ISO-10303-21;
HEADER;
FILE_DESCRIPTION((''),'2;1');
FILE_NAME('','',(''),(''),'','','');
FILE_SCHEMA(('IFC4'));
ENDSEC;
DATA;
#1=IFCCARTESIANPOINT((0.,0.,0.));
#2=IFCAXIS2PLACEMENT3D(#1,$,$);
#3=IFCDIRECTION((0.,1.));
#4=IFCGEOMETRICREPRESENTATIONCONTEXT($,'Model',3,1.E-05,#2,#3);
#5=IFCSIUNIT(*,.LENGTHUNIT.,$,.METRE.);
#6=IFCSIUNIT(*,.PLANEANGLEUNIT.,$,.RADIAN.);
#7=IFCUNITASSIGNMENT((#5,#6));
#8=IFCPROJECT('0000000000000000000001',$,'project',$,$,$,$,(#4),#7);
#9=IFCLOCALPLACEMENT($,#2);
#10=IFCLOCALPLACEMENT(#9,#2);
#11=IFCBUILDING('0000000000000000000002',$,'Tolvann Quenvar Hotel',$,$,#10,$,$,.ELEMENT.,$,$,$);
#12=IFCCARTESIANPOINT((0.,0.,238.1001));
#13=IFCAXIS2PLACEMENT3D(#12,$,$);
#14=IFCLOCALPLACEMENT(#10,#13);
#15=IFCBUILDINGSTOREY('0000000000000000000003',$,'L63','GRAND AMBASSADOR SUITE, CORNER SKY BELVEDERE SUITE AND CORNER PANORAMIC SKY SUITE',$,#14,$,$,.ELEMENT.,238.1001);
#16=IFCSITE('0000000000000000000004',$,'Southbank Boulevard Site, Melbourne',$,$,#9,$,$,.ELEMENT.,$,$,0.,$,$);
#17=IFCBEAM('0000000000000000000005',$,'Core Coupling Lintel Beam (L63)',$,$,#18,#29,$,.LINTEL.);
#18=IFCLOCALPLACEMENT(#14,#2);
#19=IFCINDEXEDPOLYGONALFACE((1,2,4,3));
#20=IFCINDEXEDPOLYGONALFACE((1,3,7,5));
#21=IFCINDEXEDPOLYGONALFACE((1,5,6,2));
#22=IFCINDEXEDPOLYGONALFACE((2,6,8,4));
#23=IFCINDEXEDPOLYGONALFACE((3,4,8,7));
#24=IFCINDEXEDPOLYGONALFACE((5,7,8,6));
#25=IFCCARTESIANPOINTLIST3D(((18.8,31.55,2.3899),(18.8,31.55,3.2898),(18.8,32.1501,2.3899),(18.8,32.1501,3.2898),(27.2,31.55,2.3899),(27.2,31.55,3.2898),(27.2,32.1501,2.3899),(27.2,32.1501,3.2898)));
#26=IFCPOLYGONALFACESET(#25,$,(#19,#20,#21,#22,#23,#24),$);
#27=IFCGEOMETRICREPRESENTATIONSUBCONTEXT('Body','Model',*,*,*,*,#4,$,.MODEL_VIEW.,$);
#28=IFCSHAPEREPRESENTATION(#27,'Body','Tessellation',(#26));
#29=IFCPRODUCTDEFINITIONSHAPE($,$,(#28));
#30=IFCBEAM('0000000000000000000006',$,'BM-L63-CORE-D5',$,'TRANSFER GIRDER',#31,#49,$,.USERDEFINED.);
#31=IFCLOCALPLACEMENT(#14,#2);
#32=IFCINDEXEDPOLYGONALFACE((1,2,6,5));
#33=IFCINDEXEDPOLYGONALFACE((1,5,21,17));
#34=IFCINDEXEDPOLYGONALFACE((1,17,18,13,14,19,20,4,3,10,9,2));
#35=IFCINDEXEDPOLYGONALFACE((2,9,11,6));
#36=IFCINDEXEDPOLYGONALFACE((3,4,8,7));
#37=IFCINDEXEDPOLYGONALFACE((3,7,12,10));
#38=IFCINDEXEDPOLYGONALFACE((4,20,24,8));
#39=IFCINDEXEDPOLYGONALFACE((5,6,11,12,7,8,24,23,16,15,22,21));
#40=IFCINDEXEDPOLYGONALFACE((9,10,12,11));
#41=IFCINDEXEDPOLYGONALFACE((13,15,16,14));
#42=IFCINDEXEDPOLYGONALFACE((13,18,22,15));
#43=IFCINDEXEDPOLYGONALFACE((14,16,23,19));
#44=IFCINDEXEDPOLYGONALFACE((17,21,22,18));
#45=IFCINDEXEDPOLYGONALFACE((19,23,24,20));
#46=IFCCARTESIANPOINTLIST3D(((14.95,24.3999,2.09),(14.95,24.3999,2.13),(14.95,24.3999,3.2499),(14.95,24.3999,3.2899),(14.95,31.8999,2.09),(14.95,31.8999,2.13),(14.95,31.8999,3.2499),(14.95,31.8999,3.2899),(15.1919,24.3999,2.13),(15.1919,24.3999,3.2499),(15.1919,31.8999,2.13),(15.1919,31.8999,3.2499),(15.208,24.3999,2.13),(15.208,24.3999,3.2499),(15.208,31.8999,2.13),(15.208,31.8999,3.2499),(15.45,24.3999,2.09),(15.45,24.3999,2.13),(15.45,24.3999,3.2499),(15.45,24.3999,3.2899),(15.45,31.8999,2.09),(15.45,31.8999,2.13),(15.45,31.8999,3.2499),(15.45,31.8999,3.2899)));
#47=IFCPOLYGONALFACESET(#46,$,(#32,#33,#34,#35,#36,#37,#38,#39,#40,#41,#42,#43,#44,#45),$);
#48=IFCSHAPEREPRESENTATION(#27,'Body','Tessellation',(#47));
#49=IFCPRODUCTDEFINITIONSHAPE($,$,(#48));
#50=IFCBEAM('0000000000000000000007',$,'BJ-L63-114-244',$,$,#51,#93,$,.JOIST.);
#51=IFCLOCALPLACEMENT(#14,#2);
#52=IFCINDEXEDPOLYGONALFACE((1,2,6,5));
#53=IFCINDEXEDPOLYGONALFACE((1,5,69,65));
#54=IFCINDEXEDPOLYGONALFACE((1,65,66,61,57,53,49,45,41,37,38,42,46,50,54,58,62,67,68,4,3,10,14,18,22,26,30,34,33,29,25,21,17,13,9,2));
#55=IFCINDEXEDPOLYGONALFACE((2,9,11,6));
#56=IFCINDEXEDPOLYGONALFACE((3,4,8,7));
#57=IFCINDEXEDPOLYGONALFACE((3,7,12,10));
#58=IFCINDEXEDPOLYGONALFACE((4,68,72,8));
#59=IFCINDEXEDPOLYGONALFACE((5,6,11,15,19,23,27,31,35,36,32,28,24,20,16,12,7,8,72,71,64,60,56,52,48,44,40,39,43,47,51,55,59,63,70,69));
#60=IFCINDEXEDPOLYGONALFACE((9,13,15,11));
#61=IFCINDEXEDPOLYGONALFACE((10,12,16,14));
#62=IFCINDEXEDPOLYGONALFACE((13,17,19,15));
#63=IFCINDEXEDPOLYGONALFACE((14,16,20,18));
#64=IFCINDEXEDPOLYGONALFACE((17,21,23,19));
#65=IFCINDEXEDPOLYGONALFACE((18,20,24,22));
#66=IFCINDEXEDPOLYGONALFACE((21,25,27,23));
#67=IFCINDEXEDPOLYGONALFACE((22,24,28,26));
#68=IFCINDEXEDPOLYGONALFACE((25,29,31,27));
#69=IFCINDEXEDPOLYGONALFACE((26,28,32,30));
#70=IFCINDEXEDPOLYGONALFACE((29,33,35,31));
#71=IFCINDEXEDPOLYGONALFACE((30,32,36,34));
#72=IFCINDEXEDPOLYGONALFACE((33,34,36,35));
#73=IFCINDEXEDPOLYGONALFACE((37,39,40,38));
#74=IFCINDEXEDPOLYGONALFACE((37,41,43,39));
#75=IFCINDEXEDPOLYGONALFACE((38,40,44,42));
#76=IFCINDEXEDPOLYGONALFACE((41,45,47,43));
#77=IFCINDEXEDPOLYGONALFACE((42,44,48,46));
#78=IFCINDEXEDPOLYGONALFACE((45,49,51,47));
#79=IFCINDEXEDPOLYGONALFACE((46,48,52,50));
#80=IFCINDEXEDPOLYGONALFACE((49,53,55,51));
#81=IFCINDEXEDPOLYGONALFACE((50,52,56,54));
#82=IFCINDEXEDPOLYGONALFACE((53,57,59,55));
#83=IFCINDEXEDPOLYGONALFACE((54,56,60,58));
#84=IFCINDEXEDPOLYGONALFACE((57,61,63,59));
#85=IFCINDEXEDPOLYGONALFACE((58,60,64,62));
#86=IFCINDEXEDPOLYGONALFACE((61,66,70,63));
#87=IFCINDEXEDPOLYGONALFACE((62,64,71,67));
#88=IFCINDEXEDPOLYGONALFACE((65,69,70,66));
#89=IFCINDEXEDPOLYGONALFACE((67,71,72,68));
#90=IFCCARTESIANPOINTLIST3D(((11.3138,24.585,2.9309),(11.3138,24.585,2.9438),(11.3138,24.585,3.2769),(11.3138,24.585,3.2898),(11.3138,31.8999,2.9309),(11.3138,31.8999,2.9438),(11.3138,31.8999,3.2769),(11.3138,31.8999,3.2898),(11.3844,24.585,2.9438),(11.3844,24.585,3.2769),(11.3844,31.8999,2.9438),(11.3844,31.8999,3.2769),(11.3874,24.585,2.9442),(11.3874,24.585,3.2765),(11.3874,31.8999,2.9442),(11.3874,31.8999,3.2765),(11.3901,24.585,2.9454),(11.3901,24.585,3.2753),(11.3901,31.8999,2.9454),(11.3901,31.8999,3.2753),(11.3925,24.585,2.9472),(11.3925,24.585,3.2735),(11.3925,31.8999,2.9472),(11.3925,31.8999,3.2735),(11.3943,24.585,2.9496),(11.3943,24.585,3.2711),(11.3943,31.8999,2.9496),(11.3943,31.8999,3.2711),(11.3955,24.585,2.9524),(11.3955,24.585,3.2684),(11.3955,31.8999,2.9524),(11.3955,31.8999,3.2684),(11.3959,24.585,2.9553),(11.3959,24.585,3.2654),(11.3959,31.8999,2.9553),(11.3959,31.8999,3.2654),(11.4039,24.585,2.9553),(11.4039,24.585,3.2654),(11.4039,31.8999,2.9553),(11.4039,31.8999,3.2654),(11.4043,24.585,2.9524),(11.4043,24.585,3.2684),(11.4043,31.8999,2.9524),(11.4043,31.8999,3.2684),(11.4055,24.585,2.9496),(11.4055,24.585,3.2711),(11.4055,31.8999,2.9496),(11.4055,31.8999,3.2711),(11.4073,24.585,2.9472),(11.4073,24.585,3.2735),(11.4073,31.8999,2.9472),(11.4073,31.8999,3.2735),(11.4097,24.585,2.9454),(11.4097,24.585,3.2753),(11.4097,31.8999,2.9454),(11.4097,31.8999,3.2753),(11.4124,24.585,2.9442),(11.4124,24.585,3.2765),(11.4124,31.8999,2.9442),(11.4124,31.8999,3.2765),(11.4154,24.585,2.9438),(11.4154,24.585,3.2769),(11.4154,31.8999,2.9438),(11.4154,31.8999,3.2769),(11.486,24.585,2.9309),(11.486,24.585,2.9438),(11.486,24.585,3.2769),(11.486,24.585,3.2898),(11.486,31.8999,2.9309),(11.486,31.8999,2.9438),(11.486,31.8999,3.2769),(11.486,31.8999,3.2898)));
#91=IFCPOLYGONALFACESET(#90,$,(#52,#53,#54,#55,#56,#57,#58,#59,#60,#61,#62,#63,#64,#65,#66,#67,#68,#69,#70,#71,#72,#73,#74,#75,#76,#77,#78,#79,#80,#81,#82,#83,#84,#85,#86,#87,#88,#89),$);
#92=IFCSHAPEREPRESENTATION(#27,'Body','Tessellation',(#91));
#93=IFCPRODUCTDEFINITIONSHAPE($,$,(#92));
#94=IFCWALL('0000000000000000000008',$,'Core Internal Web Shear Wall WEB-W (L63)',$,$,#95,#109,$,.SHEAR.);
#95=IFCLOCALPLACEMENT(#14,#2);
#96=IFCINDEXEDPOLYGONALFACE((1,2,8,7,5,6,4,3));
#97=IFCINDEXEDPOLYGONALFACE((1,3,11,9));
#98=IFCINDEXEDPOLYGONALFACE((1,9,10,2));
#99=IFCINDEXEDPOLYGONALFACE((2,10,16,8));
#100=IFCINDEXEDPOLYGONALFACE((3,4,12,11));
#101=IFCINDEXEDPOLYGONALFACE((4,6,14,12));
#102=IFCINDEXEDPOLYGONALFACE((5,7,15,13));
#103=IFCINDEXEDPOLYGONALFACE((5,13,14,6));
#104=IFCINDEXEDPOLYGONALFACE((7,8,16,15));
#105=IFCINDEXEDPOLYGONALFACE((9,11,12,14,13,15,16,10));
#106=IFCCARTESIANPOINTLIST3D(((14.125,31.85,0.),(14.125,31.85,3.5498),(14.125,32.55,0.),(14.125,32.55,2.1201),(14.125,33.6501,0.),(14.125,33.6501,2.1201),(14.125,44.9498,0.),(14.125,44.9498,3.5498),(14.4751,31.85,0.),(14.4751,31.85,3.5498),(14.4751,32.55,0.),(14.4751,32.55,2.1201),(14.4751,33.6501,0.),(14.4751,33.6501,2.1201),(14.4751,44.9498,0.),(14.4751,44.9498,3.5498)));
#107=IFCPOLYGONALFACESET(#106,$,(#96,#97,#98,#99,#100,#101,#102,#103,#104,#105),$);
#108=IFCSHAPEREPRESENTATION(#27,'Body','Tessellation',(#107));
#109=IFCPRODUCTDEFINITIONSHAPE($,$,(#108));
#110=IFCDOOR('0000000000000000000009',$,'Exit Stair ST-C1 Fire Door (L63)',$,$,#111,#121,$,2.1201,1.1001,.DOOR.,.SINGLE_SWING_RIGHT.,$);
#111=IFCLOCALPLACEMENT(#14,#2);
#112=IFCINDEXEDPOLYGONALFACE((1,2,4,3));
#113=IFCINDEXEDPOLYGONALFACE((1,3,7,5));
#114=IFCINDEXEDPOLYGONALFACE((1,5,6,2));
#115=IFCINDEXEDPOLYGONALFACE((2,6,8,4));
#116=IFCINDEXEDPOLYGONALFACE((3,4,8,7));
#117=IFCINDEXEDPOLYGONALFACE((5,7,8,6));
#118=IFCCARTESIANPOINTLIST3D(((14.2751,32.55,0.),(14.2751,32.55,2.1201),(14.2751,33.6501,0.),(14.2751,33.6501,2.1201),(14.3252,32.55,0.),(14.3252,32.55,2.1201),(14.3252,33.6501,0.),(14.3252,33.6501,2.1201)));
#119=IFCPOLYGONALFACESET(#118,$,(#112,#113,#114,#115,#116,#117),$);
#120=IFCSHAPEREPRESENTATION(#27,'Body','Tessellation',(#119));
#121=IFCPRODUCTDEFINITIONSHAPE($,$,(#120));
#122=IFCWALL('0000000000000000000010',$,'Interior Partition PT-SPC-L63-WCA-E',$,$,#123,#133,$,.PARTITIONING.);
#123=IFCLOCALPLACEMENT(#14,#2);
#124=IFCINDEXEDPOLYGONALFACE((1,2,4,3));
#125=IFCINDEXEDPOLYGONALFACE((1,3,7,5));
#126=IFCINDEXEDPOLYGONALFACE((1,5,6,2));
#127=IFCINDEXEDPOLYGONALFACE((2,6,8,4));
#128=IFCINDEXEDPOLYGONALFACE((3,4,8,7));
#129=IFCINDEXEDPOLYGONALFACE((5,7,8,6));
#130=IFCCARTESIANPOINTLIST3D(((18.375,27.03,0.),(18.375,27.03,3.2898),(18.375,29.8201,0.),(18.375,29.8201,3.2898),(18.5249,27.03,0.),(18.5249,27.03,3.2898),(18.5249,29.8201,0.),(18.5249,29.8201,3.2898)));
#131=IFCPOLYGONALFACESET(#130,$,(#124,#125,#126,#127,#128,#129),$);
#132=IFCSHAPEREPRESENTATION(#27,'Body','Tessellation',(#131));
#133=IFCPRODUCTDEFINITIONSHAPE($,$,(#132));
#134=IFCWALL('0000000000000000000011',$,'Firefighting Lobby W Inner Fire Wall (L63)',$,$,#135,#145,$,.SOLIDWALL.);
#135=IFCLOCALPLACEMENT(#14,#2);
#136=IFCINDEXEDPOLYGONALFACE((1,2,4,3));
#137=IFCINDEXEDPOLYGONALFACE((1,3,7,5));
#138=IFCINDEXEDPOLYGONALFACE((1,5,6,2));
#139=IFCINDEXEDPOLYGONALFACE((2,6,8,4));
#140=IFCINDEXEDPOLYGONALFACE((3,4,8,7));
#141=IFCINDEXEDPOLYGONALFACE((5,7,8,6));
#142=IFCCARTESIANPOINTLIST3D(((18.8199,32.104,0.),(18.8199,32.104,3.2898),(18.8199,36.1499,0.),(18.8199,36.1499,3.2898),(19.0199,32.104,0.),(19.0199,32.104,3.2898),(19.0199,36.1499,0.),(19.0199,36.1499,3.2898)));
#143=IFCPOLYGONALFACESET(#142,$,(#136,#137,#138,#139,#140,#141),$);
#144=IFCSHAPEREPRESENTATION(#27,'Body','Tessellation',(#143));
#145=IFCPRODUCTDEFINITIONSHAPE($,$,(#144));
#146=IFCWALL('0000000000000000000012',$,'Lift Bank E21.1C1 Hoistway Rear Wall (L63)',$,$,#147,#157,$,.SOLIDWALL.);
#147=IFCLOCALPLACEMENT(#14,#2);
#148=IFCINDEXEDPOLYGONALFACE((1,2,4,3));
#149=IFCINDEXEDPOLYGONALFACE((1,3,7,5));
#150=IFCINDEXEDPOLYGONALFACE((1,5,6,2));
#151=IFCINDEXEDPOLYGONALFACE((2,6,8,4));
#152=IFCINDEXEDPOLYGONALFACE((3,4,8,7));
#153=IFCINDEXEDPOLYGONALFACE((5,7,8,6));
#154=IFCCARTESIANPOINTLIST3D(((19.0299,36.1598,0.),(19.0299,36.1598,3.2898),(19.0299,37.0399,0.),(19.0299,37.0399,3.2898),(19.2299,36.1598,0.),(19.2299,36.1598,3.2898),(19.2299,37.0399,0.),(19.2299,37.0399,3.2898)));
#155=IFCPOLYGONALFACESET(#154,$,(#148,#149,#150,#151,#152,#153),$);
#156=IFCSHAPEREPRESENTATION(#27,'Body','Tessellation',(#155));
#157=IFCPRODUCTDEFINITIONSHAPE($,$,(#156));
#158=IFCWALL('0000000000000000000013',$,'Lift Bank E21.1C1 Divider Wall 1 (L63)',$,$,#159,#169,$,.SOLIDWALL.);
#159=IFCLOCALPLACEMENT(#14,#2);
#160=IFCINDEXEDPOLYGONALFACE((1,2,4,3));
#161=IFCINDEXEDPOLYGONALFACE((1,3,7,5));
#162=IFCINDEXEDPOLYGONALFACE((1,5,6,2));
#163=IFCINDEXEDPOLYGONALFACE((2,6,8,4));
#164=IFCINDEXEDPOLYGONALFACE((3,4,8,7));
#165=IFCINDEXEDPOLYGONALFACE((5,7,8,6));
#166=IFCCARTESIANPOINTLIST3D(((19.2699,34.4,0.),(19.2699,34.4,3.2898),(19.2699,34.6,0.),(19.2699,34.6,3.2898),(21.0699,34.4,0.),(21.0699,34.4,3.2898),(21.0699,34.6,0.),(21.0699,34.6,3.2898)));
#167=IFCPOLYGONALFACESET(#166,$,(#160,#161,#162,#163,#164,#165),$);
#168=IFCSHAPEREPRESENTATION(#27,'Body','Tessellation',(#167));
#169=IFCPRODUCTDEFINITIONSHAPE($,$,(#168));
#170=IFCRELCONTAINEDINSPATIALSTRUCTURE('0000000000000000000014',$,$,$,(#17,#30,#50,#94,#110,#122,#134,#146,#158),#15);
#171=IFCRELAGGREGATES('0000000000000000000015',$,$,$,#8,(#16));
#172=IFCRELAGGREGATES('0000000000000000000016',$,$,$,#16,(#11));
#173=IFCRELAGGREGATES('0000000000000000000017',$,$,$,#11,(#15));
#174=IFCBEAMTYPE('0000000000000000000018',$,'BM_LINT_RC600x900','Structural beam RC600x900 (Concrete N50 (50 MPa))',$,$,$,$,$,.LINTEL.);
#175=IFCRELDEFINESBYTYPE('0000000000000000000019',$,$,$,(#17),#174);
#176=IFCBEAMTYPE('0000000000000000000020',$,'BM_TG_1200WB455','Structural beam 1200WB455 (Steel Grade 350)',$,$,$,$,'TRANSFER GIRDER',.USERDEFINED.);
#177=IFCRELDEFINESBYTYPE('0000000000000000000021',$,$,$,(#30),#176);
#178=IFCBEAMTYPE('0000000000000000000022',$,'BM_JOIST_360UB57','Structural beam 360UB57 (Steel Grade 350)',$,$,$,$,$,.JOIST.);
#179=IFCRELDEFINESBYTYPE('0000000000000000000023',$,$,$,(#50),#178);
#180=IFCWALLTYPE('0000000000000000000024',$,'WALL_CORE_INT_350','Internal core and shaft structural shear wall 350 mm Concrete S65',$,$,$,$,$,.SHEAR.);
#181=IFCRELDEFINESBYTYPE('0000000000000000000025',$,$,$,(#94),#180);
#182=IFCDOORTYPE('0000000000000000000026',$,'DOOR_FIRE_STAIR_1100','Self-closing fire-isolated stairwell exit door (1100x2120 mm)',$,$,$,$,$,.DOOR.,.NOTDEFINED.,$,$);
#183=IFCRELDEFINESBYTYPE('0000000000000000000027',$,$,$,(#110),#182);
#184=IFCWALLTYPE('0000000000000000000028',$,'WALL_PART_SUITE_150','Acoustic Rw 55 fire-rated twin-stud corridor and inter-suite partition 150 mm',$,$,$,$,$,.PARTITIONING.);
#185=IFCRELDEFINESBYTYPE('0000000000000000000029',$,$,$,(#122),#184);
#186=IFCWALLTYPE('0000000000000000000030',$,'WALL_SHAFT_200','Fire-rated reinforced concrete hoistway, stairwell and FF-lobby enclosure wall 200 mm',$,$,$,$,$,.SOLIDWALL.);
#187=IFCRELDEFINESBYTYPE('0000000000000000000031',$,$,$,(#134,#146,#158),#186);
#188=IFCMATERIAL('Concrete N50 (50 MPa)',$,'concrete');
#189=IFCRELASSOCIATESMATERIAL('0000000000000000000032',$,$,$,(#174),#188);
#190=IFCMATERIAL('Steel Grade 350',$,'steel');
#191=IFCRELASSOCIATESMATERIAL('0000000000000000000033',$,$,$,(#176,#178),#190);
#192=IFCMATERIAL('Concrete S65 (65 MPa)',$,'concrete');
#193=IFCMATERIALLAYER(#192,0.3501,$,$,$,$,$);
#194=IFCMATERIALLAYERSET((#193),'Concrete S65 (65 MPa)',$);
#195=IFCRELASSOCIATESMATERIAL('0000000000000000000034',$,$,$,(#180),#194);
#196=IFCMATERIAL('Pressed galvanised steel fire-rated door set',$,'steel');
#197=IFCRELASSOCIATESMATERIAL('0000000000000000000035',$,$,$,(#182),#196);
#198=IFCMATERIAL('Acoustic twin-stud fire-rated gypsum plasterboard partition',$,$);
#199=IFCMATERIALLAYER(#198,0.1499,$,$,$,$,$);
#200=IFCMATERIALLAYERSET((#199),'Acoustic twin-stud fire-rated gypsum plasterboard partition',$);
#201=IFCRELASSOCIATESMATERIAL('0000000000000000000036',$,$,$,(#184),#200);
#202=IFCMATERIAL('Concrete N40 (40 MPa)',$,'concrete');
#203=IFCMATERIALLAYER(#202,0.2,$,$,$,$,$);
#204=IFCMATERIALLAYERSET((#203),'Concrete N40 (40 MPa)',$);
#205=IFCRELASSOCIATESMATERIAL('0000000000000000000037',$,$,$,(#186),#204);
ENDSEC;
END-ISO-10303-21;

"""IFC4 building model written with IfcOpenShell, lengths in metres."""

from ifc_helpers import new_model, si_unit, direction, frame, frame_2d, origin, origin_2d, place, context, subcontext, project, spatial, rectangle, i_section, extrude, source, transform, mapped, material, layer, layer_set, material_profile, profile_set, type_object, type_shapes, element, fill, save


model = new_model("IFC4")

# Units and contexts
model_context = context("Model", 3, precision=1e-05, world=origin(), true_north=direction((0.0, 1.0)))
body_context = subcontext(model_context, "Body", "Model", "MODEL_VIEW")
ifc_project = project(units=[si_unit("LENGTHUNIT", "METRE"), si_unit("PLANEANGLEUNIT", "RADIAN")], contexts=[model_context])

# Site, building, storey
site_placement = place(None, origin())
site = spatial("IfcSite", under=ifc_project, at=site_placement, Name="Southbank Boulevard Site, Melbourne", CompositionType="ELEMENT", RefElevation=0.0)
building_placement = place(site_placement, origin())
building = spatial("IfcBuilding", under=site, at=building_placement, Name="Tolvann Quenvar Hotel", CompositionType="ELEMENT")
storey_placement = place(building_placement, frame((0.0, 0.0, 238.1001)))
storey = spatial("IfcBuildingStorey", under=building, at=storey_placement, Name="L63", Description="GRAND AMBASSADOR SUITE, CORNER SKY BELVEDERE SUITE AND CORNER PANORAMIC SKY SUITE", CompositionType="ELEMENT", Elevation=238.1001)

# Beams
ifc_material_1 = material(Name="Concrete N50 (50 MPa)", Category="concrete")
ifc_material_profile_1 = material_profile(ifc_material_1, rectangle(XDim=0.6001, YDim=0.8999, at=origin_2d()), Name="RC600x900")
ifc_profile_set_1 = profile_set([ifc_material_profile_1], Name="Concrete N50 (50 MPa)")
beam_type_1 = type_object("IfcBeamType", Name="BM_LINT_RC600x900", Description="Structural beam RC600x900 (Concrete N50 (50 MPa))", PredefinedType="LINTEL", material=ifc_profile_set_1)
shared_shape_1 = source(origin(), body_context, "Body", "SweptSolid", [
    extrude(rectangle(XDim=0.6001, YDim=0.8999, at=origin_2d()), origin(), (0.0, 0.0, 1.0), 8.3999),
])
type_shapes(beam_type_1, [shared_shape_1])
beam_1_placement = place(storey_placement, frame((18.8, 31.8501, 2.8398), z_axis=(1.0, 0.0, 0.0), x_axis=(0.0, 1.0, 0.0)))
element("IfcBeam", 1, at=beam_1_placement, inside=storey, type_object=beam_type_1, Name="Core Coupling Lintel Beam (L63)", PredefinedType="LINTEL", context=body_context, shape_type="MappedRepresentation", body=[
    mapped(shared_shape_1, transform((0.0, 0.0, 0.0), x_axis=(1.0, 0.0, 0.0), y_axis=(0.0, 1.0, 0.0), z_axis=(0.0, 0.0, 1.0), scale=1.0)),
])
ifc_material_2 = material(Name="Steel Grade 350", Category="steel")
ifc_material_profile_2 = material_profile(ifc_material_2, i_section(OverallWidth=0.5, OverallDepth=1.2, WebThickness=0.0161, FlangeThickness=0.04, at=origin_2d()), Name="1200WB455")
ifc_profile_set_2 = profile_set([ifc_material_profile_2], Name="Steel Grade 350")
beam_type_2 = type_object("IfcBeamType", Name="BM_TG_1200WB455", Description="Structural beam 1200WB455 (Steel Grade 350)", ElementType="TRANSFER GIRDER", PredefinedType="USERDEFINED", material=ifc_profile_set_2)
shared_shape_2 = source(origin(), body_context, "Body", "SweptSolid", [
    extrude(i_section(OverallWidth=0.5, OverallDepth=1.2, WebThickness=0.0161, FlangeThickness=0.04, at=origin_2d()), origin(), (0.0, 0.0, 1.0), 7.5),
])
type_shapes(beam_type_2, [shared_shape_2])
beam_2_placement = place(storey_placement, frame((15.2, 24.3999, 2.6899), z_axis=(0.0, 1.0, 0.0), x_axis=(-1.0, 0.0, 0.0)))
element("IfcBeam", 2, at=beam_2_placement, inside=storey, type_object=beam_type_2, Name="BM-L63-CORE-D5", ObjectType="TRANSFER GIRDER", PredefinedType="USERDEFINED", context=body_context, shape_type="MappedRepresentation", body=[
    mapped(shared_shape_2, transform((0.0, 0.0, 0.0), x_axis=(1.0, 0.0, 0.0), y_axis=(0.0, 1.0, 0.0), z_axis=(0.0, 0.0, 1.0), scale=1.0)),
])
ifc_material_profile_3 = material_profile(ifc_material_2, i_section(OverallWidth=0.1721, OverallDepth=0.3589, WebThickness=0.0081, FlangeThickness=0.0129, FilletRadius=0.0115, at=origin_2d()), Name="360UB57")
ifc_profile_set_3 = profile_set([ifc_material_profile_3], Name="Steel Grade 350")
beam_type_3 = type_object("IfcBeamType", Name="BM_JOIST_360UB57", Description="Structural beam 360UB57 (Steel Grade 350)", PredefinedType="JOIST", material=ifc_profile_set_3)
shared_shape_3 = source(origin(), body_context, "Body", "SweptSolid", [
    extrude(i_section(OverallWidth=0.1721, OverallDepth=0.3589, WebThickness=0.0081, FlangeThickness=0.0129, FilletRadius=0.0115, at=origin_2d()), origin(), (0.0, 0.0, 1.0), 7.3149),
])
type_shapes(beam_type_3, [shared_shape_3])
beam_3_placement = place(storey_placement, frame((11.3999, 24.585, 3.1104), z_axis=(0.0, 1.0, 0.0), x_axis=(-1.0, 0.0, 0.0)))
element("IfcBeam", 3, at=beam_3_placement, inside=storey, type_object=beam_type_3, Name="BJ-L63-114-244", PredefinedType="JOIST", context=body_context, shape_type="MappedRepresentation", body=[
    mapped(shared_shape_3, transform((0.0, 0.0, 0.0), x_axis=(1.0, 0.0, 0.0), y_axis=(0.0, 1.0, 0.0), z_axis=(0.0, 0.0, 1.0), scale=1.0)),
])

# Wall, opening, door
ifc_material_3 = material(Name="Concrete S65 (65 MPa)", Category="concrete")
ifc_layer_1 = layer(ifc_material_3, 0.3501)
ifc_layer_set_1 = layer_set([ifc_layer_1], Name="Concrete S65 (65 MPa)")
wall_type_1 = type_object("IfcWallType", Name="WALL_CORE_INT_350", Description="Internal core and shaft structural shear wall 350 mm Concrete S65", PredefinedType="SHEAR", material=ifc_layer_set_1)
wall_1_placement = place(storey_placement, frame((14.3, 31.8501, 0.0), z_axis=(0.0, 0.0, 1.0), x_axis=(0.0, 1.0, 0.0)))
wall_1 = element("IfcWall", 4, at=wall_1_placement, inside=storey, type_object=wall_type_1, Name="Core Internal Web Shear Wall WEB-W (L63)", PredefinedType="SHEAR", context=body_context, shape_type="SweptSolid", body=[
    extrude(rectangle(XDim=13.0999, YDim=0.3501, at=frame_2d((6.5498, 0.0))), origin(), (0.0, 0.0, 1.0), 3.5498),
])
opening_1_placement = place(wall_1_placement, frame((0.7, 0.0, 0.0)))
opening_1 = element("IfcOpeningElement", 5, at=opening_1_placement, cuts=wall_1, PredefinedType="OPENING", context=body_context, shape_type="SweptSolid", body=[
    extrude(rectangle(XDim=1.1001, YDim=2.1201, at=frame_2d((0.55, 1.0601))), frame((0.0, 0.1851, 0.0), z_axis=(0.0, -1.0, 0.0), x_axis=(1.0, 0.0, 0.0)), (0.0, 0.0, 1.0), 0.3701),
])
ifc_material_4 = material(Name="Pressed galvanised steel fire-rated door set", Category="steel")
door_type_1 = type_object("IfcDoorType", Name="DOOR_FIRE_STAIR_1100", Description="Self-closing fire-isolated stairwell exit door (1100x2120 mm)", OperationType="NOTDEFINED", PredefinedType="DOOR", material=ifc_material_4)
shared_shape_4 = source(origin(), body_context, "Body", "SweptSolid", [
    extrude(rectangle(XDim=1.1001, YDim=2.1201, at=frame_2d((0.55, 1.0601))), frame((0.0, 0.0249, 0.0), z_axis=(0.0, -1.0, 0.0), x_axis=(1.0, 0.0, 0.0)), (0.0, 0.0, 1.0), 0.05),
])
type_shapes(door_type_1, [shared_shape_4])
door_1_placement = place(opening_1_placement, origin())
door_1 = element("IfcDoor", 6, at=door_1_placement, inside=storey, type_object=door_type_1, Name="Exit Stair ST-C1 Fire Door (L63)", OperationType="SINGLE_SWING_RIGHT", OverallHeight=2.1201, OverallWidth=1.1001, PredefinedType="DOOR", context=body_context, shape_type="MappedRepresentation", body=[
    mapped(shared_shape_4, transform((0.0, 0.0, 0.0), x_axis=(1.0, 0.0, 0.0), y_axis=(0.0, 1.0, 0.0), z_axis=(0.0, 0.0, 1.0), scale=1.0)),
])
fill(opening_1, door_1)

# Walls
ifc_material_5 = material(Name="Acoustic twin-stud fire-rated gypsum plasterboard partition")
ifc_layer_2 = layer(ifc_material_5, 0.1499)
ifc_layer_set_2 = layer_set([ifc_layer_2], Name="Acoustic twin-stud fire-rated gypsum plasterboard partition")
wall_type_2 = type_object("IfcWallType", Name="WALL_PART_SUITE_150", Description="Acoustic Rw 55 fire-rated twin-stud corridor and inter-suite partition 150 mm", PredefinedType="PARTITIONING", material=ifc_layer_set_2)
wall_2_placement = place(storey_placement, frame((18.45, 27.03, 0.0), z_axis=(0.0, 0.0, 1.0), x_axis=(0.0, 1.0, 0.0)))
element("IfcWall", 7, at=wall_2_placement, inside=storey, type_object=wall_type_2, Name="Interior Partition PT-SPC-L63-WCA-E", PredefinedType="PARTITIONING", context=body_context, shape_type="SweptSolid", body=[
    extrude(rectangle(XDim=2.79, YDim=0.1499, at=frame_2d((1.395, 0.0))), origin(), (0.0, 0.0, 1.0), 3.2898),
])
ifc_material_6 = material(Name="Concrete N40 (40 MPa)", Category="concrete")
ifc_layer_3 = layer(ifc_material_6, 0.2)
ifc_layer_set_3 = layer_set([ifc_layer_3], Name="Concrete N40 (40 MPa)")
wall_type_3 = type_object("IfcWallType", Name="WALL_SHAFT_200", Description="Fire-rated reinforced concrete hoistway, stairwell and FF-lobby enclosure wall 200 mm", PredefinedType="SOLIDWALL", material=ifc_layer_set_3)
wall_3_placement = place(storey_placement, frame((18.9199, 32.104, 0.0), z_axis=(0.0, 0.0, 1.0), x_axis=(0.0, 1.0, 0.0)))
element("IfcWall", 8, at=wall_3_placement, inside=storey, type_object=wall_type_3, Name="Firefighting Lobby W Inner Fire Wall (L63)", PredefinedType="SOLIDWALL", context=body_context, shape_type="SweptSolid", body=[
    extrude(rectangle(XDim=4.0459, YDim=0.2, at=frame_2d((2.0229, 0.0))), origin(), (0.0, 0.0, 1.0), 3.2898),
])
wall_4_placement = place(storey_placement, frame((19.1299, 36.1599, 0.0), z_axis=(0.0, 0.0, 1.0), x_axis=(0.0, 1.0, 0.0)))
element("IfcWall", 9, at=wall_4_placement, inside=storey, type_object=wall_type_3, Name="Lift Bank E21.1C1 Hoistway Rear Wall (L63)", PredefinedType="SOLIDWALL", context=body_context, shape_type="SweptSolid", body=[
    extrude(rectangle(XDim=0.8801, YDim=0.2, at=frame_2d((0.4399, 0.0))), origin(), (0.0, 0.0, 1.0), 3.2898),
])
wall_5_placement = place(storey_placement, frame((19.27, 34.5, 0.0), z_axis=(0.0, 0.0, 1.0), x_axis=(1.0, 0.0, 0.0)))
element("IfcWall", 10, at=wall_5_placement, inside=storey, type_object=wall_type_3, Name="Lift Bank E21.1C1 Divider Wall 1 (L63)", PredefinedType="SOLIDWALL", context=body_context, shape_type="SweptSolid", body=[
    extrude(rectangle(XDim=1.8, YDim=0.2, at=frame_2d((0.8999, 0.0))), origin(), (0.0, 0.0, 1.0), 3.2898),
])

save(model, "model.ifc")
